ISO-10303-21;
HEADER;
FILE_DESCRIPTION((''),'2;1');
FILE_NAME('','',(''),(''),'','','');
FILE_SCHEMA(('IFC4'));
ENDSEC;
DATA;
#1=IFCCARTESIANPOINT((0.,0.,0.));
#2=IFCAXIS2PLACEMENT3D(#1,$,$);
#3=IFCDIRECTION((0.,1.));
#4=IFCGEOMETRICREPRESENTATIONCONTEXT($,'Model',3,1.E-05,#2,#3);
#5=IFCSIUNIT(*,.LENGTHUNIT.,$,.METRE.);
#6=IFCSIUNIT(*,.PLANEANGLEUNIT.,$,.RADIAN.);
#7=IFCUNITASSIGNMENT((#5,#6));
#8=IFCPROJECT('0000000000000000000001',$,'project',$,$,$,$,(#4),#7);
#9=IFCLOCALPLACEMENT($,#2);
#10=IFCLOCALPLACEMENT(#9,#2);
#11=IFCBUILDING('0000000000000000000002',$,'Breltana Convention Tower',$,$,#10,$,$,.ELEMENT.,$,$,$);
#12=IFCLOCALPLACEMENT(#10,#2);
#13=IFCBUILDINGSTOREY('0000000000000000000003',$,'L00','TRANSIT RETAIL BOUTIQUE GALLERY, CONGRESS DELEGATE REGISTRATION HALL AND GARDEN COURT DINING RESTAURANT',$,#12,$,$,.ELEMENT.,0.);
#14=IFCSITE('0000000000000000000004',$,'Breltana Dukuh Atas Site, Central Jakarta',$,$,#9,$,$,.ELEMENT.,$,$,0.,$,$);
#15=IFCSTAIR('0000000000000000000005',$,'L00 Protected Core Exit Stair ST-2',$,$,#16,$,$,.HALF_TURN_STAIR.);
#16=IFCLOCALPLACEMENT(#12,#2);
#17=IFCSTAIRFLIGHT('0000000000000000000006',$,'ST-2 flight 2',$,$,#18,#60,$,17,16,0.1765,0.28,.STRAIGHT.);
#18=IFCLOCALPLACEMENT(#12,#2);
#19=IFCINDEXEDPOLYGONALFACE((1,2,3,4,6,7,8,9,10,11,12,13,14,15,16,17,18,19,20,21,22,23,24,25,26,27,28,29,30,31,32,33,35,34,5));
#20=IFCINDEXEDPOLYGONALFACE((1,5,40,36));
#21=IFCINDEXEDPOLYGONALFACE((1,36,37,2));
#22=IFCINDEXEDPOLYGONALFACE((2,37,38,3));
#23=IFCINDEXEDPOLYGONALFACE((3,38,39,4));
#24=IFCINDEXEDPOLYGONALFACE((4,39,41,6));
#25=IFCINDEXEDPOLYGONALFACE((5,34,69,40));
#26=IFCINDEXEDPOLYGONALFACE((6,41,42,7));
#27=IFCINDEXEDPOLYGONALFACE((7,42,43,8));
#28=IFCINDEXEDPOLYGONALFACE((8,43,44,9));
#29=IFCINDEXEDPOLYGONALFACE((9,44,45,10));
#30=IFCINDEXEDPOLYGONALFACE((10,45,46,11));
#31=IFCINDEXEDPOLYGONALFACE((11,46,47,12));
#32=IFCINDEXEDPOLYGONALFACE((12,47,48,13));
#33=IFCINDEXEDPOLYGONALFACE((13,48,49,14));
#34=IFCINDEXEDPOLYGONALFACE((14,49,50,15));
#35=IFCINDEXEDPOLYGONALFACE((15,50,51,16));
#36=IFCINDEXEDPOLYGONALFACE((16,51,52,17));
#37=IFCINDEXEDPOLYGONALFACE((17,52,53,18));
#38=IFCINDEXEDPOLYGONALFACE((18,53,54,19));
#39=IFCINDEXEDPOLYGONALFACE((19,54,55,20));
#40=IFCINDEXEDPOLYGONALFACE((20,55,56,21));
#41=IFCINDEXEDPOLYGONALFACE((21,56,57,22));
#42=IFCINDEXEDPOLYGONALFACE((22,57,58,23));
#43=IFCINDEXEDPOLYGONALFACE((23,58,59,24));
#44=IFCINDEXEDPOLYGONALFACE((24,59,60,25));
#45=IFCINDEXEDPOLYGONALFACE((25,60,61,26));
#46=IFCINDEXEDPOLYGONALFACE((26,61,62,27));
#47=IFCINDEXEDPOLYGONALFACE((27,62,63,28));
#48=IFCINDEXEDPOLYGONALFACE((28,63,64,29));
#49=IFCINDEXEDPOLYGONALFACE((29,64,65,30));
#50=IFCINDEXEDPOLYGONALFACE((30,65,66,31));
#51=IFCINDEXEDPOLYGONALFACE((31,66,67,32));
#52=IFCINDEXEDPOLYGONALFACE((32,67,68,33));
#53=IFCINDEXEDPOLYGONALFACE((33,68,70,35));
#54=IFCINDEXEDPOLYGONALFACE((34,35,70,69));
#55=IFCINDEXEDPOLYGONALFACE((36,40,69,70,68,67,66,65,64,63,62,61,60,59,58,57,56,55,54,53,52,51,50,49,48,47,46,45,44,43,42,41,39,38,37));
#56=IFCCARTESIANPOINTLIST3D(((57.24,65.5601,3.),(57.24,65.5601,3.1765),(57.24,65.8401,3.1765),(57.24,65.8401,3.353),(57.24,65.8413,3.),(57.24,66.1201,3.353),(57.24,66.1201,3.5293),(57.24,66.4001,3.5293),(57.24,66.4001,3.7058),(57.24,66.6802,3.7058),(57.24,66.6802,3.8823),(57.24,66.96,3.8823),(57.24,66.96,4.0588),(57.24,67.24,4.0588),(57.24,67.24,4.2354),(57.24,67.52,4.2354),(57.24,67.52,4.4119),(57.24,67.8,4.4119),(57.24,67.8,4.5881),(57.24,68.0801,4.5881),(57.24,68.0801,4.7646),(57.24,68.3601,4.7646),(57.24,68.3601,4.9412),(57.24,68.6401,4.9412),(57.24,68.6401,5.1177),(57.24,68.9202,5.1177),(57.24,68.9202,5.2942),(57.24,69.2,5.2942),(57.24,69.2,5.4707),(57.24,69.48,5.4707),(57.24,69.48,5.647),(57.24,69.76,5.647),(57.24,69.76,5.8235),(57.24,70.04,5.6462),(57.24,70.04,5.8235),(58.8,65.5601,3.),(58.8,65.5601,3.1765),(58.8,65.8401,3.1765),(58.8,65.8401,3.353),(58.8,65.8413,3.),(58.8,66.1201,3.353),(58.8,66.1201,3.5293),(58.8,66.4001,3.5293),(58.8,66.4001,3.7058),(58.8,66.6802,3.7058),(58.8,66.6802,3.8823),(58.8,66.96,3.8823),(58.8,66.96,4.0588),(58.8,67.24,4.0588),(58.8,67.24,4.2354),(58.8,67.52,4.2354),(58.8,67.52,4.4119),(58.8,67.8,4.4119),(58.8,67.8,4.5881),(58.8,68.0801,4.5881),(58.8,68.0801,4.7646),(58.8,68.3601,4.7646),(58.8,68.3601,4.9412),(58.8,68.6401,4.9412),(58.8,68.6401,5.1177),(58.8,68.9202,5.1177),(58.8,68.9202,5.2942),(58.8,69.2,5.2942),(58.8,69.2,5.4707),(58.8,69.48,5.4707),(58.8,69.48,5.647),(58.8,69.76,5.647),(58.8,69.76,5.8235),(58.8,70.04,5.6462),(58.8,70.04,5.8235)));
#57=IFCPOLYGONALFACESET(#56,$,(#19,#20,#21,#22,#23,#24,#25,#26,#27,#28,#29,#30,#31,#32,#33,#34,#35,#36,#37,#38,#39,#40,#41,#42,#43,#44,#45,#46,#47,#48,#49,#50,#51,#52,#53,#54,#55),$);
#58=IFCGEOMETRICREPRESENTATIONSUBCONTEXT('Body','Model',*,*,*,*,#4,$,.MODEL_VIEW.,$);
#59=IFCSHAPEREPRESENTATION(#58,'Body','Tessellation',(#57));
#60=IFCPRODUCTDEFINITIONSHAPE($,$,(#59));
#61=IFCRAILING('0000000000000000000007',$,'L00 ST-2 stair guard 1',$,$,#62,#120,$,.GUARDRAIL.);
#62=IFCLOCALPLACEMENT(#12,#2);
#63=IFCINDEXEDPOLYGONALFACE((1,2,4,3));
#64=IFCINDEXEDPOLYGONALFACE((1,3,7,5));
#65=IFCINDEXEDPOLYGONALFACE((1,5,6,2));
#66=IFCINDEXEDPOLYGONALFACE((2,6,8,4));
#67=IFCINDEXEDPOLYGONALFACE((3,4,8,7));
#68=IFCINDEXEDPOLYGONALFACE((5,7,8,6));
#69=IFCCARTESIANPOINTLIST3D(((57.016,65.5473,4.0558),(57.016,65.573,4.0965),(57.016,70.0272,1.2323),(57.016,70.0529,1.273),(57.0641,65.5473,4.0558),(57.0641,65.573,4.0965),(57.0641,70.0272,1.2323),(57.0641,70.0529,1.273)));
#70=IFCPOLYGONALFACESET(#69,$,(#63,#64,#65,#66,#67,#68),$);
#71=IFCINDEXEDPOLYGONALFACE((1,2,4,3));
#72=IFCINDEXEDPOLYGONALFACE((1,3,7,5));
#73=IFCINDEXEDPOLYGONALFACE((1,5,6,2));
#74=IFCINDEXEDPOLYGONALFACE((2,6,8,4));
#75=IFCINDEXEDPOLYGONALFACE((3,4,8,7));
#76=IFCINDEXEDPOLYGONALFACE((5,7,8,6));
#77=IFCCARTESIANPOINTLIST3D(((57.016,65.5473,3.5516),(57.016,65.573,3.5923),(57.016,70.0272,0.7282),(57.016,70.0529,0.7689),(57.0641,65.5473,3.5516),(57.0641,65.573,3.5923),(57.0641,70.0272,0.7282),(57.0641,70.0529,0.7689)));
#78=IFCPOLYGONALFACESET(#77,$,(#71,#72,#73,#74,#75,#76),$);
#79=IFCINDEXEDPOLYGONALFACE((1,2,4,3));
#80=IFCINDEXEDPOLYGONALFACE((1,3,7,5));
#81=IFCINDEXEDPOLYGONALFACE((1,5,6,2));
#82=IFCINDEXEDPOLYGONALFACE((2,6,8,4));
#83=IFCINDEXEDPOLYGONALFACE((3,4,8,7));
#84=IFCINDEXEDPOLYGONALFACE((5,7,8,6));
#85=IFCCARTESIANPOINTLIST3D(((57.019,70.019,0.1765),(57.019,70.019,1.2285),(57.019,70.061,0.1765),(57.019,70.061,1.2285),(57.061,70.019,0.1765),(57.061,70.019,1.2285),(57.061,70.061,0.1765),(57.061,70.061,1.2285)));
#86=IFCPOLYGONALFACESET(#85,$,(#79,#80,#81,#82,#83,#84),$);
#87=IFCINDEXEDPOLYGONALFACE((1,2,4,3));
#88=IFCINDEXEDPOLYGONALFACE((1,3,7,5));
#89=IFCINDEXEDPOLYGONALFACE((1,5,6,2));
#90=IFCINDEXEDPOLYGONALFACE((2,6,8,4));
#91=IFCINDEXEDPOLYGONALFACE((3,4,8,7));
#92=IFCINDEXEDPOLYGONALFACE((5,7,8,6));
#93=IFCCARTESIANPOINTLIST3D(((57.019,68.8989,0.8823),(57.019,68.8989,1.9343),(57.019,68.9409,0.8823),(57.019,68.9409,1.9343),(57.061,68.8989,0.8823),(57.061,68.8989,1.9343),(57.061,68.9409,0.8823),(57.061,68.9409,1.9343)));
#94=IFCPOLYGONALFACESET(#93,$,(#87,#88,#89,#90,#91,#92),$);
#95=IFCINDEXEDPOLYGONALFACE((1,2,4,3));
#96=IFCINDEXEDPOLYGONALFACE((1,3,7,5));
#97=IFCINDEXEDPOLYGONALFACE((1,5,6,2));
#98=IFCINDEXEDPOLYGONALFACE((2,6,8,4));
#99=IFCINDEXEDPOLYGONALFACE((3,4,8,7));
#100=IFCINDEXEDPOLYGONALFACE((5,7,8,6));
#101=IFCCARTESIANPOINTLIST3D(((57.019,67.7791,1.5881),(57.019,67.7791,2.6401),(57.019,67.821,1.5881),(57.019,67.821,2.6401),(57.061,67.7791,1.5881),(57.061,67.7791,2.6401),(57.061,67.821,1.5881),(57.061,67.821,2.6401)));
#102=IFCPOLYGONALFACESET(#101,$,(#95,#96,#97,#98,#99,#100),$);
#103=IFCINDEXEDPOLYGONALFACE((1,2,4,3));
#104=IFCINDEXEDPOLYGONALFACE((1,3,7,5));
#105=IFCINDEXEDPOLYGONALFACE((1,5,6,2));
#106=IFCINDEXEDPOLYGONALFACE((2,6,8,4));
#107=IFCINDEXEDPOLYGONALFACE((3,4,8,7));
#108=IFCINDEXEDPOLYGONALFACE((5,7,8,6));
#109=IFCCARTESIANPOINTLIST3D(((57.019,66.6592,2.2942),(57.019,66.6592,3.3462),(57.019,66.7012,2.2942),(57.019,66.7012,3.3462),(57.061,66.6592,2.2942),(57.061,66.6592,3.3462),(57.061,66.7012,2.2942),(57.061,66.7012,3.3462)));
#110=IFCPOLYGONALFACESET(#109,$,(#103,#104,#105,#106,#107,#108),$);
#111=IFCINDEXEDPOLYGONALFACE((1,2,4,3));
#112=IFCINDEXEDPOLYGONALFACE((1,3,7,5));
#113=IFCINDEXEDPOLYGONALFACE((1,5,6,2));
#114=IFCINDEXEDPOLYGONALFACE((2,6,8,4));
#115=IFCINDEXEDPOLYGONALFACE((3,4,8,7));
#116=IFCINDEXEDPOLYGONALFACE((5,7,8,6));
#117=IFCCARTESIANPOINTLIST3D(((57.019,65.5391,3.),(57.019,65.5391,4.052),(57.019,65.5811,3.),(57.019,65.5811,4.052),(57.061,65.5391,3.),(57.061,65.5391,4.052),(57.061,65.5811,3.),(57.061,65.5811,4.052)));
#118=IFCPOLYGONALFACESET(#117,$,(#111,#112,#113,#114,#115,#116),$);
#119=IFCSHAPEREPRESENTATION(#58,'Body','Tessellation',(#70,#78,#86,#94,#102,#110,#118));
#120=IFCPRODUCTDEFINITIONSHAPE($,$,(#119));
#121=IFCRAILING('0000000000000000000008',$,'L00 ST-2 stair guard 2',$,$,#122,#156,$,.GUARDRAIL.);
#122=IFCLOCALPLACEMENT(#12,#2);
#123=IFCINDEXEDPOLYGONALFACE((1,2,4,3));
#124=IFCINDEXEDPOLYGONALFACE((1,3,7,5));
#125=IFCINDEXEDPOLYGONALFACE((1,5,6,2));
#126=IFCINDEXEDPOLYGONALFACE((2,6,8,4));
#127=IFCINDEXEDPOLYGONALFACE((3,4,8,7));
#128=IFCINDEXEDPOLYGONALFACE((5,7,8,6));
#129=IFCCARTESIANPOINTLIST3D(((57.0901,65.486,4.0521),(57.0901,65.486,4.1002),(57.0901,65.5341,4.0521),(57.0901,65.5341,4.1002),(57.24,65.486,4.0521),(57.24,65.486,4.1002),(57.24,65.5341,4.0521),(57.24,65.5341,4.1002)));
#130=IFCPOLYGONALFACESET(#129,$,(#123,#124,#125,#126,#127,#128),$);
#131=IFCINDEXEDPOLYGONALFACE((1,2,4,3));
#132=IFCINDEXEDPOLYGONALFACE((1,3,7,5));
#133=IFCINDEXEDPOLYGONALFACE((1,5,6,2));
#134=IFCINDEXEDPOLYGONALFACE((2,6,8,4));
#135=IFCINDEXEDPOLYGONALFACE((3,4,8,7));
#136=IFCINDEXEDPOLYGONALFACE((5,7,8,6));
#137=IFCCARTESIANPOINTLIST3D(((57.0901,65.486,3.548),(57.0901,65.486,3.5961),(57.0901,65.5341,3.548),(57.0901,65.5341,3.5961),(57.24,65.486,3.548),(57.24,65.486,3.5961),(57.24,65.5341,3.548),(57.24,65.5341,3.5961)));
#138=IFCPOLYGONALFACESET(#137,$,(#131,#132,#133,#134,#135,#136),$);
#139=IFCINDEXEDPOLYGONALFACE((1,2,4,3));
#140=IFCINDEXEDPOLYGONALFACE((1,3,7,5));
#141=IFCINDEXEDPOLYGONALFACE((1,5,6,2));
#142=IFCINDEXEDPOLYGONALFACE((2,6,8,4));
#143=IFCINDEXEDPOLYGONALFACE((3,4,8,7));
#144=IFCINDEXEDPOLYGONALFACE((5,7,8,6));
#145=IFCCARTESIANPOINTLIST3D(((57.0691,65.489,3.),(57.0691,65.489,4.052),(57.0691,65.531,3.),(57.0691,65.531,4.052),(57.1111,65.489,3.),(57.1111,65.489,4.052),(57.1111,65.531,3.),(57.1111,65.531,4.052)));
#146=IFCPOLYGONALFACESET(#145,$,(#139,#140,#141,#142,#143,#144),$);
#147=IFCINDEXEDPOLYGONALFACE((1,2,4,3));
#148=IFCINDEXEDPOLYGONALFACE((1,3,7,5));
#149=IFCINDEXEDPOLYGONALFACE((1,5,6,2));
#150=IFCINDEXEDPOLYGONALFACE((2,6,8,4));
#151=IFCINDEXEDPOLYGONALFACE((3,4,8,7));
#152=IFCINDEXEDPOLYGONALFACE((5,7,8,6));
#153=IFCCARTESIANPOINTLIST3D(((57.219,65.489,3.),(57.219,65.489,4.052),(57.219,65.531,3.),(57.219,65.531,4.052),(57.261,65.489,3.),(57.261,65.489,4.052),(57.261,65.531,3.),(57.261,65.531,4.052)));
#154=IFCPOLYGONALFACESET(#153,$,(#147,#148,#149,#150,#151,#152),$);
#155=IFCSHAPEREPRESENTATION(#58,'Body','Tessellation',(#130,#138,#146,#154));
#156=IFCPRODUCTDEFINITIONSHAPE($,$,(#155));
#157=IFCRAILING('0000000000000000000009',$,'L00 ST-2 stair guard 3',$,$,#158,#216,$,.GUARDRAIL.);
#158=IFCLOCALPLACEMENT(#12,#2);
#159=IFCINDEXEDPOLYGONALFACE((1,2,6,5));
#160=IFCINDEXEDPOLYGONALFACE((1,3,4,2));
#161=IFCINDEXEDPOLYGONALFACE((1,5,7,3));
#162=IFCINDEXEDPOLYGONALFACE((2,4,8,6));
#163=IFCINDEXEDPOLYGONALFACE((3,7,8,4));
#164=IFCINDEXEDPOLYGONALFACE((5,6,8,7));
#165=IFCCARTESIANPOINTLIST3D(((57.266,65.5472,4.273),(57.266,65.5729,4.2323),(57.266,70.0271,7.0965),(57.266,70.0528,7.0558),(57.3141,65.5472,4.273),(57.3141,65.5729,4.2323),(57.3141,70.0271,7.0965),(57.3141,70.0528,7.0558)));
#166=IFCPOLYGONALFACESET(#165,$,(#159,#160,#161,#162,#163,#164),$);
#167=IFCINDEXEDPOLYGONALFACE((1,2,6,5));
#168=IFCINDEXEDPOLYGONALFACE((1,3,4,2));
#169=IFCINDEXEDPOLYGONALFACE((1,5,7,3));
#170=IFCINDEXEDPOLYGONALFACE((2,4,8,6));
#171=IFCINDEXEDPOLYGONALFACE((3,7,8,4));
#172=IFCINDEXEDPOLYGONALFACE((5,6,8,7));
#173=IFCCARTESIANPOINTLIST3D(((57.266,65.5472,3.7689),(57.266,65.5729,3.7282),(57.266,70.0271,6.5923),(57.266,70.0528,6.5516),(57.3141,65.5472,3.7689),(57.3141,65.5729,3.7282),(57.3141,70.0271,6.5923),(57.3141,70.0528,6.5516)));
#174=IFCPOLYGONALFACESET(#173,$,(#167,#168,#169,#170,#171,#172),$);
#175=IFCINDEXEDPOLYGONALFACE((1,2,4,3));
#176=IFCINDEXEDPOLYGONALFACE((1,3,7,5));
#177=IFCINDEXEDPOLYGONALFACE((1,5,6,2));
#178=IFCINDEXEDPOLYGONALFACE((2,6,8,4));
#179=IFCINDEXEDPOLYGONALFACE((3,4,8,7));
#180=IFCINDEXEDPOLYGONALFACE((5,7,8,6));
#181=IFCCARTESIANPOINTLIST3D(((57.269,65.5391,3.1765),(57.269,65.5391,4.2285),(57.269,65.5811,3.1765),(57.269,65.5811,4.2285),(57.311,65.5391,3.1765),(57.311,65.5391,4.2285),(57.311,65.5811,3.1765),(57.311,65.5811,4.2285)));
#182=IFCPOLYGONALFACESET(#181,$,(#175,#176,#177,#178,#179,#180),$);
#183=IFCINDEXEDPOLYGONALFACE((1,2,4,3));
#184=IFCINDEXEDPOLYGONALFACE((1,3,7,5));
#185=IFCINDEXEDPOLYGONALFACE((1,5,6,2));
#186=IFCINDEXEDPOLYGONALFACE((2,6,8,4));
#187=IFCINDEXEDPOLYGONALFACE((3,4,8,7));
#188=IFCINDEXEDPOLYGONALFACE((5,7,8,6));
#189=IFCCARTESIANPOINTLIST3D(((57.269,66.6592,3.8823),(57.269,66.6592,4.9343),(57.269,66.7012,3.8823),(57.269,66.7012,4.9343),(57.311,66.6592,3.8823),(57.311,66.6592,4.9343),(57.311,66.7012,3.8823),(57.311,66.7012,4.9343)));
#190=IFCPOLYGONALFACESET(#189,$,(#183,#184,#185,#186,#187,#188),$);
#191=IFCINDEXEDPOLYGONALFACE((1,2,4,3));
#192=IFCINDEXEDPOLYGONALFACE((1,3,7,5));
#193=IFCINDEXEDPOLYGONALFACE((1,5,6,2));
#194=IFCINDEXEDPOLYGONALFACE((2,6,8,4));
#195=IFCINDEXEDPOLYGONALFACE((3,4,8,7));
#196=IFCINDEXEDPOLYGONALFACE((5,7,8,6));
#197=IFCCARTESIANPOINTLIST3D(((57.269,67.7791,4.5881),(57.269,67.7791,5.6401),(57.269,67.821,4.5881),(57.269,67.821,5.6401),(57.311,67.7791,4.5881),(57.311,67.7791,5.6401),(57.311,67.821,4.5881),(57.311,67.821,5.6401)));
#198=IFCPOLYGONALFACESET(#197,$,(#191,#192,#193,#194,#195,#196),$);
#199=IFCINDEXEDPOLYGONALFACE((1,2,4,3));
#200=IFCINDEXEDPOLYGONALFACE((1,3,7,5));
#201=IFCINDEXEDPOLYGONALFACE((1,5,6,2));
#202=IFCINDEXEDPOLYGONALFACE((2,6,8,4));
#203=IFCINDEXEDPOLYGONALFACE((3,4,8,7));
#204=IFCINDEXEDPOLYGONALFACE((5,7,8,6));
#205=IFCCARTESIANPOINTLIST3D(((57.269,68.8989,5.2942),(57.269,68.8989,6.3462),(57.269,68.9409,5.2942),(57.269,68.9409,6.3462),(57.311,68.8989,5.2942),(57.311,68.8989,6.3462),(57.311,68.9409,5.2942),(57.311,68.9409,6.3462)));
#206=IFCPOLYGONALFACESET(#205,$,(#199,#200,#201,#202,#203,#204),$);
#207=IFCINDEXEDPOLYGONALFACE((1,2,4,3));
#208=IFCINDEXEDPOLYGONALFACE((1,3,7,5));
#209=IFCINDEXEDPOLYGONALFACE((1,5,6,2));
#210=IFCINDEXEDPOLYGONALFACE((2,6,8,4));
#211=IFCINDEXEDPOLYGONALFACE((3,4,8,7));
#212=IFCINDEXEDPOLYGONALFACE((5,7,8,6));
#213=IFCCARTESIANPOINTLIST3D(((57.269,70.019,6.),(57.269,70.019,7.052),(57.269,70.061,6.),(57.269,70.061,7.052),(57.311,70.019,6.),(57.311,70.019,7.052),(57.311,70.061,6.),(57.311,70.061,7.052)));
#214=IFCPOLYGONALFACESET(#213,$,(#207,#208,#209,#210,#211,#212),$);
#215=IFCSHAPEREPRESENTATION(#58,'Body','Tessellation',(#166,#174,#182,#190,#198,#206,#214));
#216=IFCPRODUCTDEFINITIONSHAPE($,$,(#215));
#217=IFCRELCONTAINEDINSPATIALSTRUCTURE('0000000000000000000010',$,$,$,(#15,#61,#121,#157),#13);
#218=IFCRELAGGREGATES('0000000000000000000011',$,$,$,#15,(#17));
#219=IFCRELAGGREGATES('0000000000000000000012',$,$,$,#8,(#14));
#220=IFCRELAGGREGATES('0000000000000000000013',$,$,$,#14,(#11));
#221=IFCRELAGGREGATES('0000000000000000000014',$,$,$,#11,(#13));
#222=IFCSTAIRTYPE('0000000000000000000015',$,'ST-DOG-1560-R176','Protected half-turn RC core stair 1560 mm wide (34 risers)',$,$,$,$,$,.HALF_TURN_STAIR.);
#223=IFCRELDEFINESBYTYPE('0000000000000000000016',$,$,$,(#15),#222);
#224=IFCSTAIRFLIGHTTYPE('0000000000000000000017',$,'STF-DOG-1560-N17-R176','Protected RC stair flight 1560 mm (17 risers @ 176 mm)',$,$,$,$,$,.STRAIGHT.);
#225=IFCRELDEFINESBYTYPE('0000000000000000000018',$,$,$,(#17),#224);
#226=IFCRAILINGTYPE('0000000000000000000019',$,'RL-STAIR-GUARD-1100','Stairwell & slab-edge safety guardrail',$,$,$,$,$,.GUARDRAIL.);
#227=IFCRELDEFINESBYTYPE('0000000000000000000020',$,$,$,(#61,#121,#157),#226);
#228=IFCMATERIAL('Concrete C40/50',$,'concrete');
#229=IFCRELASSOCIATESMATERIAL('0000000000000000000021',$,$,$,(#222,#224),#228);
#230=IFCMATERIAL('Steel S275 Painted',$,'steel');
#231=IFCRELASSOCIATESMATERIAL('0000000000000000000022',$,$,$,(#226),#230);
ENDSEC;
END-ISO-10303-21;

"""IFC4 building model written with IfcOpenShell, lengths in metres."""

from ifc_helpers import new_model, si_unit, direction, frame, origin, origin_2d, place, context, subcontext, project, spatial, polyline, rectangle, outline, extrude, material, type_object, element, aggregate, save


model = new_model("IFC4")

# Units and contexts
model_context = context("Model", 3, precision=1e-05, world=origin(), true_north=direction((0.0, 1.0)))
body_context = subcontext(model_context, "Body", "Model", "MODEL_VIEW")
ifc_project = project(units=[si_unit("LENGTHUNIT", "METRE"), si_unit("PLANEANGLEUNIT", "RADIAN")], contexts=[model_context])

# Site, building, storey
site_placement = place(None, origin())
site = spatial("IfcSite", under=ifc_project, at=site_placement, Name="Breltana Dukuh Atas Site, Central Jakarta", CompositionType="ELEMENT", RefElevation=0.0)
building_placement = place(site_placement, origin())
building = spatial("IfcBuilding", under=site, at=building_placement, Name="Breltana Convention Tower", CompositionType="ELEMENT")
storey_placement = place(building_placement, origin())
storey = spatial("IfcBuildingStorey", under=building, at=storey_placement, Name="L00", Description="TRANSIT RETAIL BOUTIQUE GALLERY, CONGRESS DELEGATE REGISTRATION HALL AND GARDEN COURT DINING RESTAURANT", CompositionType="ELEMENT", Elevation=0.0)

# Stair, stair flight
ifc_material_1 = material(Name="Concrete C40/50", Category="concrete")
stair_type = type_object("IfcStairType", Name="ST-DOG-1560-R176", Description="Protected half-turn RC core stair 1560 mm wide (34 risers)", PredefinedType="HALF_TURN_STAIR", material=ifc_material_1)
stair_placement = place(storey_placement, origin())
stair = element("IfcStair", 1, at=stair_placement, inside=storey, type_object=stair_type, Name="L00 Protected Core Exit Stair ST-2", PredefinedType="HALF_TURN_STAIR")
stair_flight_type = type_object("IfcStairFlightType", Name="STF-DOG-1560-N17-R176", Description="Protected RC stair flight 1560 mm (17 risers @ 176 mm)", PredefinedType="STRAIGHT", material=ifc_material_1)
stair_flight_1_placement = place(storey_placement, frame((58.02, 65.5601, 3.0), z_axis=(0.0, 0.0, 1.0), x_axis=(0.0, 1.0, 0.0)))
stair_flight_1 = element("IfcStairFlight", 2, at=stair_flight_1_placement, type_object=stair_flight_type, Name="ST-2 flight 2", NumberOfRisers=17, NumberOfTreads=16, PredefinedType="STRAIGHT", RiserHeight=0.1765, TreadLength=0.28, context=body_context, shape_type="SweptSolid", body=[
    extrude(outline(polyline([(0.0, 0.0), (0.0, 0.1765), (0.28, 0.1765), (0.28, 0.353), (0.5601, 0.353), (0.5601, 0.5293), (0.8401, 0.5293), (0.8401, 0.7058), (1.1201, 0.7058), (1.1201, 0.8823), (1.3999, 0.8823), (1.3999, 1.0588), (1.6799, 1.0588), (1.6799, 1.2354), (1.96, 1.2354), (1.96, 1.4119), (2.24, 1.4119), (2.24, 1.5881), (2.52, 1.5881), (2.52, 1.7646), (2.8, 1.7646), (2.8, 1.9412), (3.0801, 1.9412), (3.0801, 2.1177), (3.3601, 2.1177), (3.3601, 2.2942), (3.6399, 2.2942), (3.6399, 2.4707), (3.9199, 2.4707), (3.9199, 2.647), (4.2, 2.647), (4.2, 2.8235), (4.48, 2.8235), (4.48, 3.0), (4.48, 2.6462), (0.2812, 0.0), (0.0, 0.0)])), frame((0.0, 0.78, 0.0), z_axis=(0.0, -1.0, 0.0), x_axis=(1.0, 0.0, 0.0)), (0.0, 0.0, 1.0), 1.5601),
])
aggregate(stair, [stair_flight_1])

# Railings
ifc_material_2 = material(Name="Steel S275 Painted", Category="steel")
railing_type_1 = type_object("IfcRailingType", Name="RL-STAIR-GUARD-1100", Description="Stairwell & slab-edge safety guardrail", PredefinedType="GUARDRAIL", material=ifc_material_2)
railing_1_placement = place(storey_placement, frame((57.04, 70.04, 0.1765)))
element("IfcRailing", 3, at=railing_1_placement, inside=storey, type_object=railing_type_1, Name="L00 ST-2 stair guard 1", PredefinedType="GUARDRAIL", context=body_context, shape_type="SweptSolid", body=[
    extrude(rectangle(XDim=0.0481, YDim=0.0481, at=origin_2d()), frame((0.0, 0.0, 1.0762), z_axis=(0.0, -0.845998, 0.533186), x_axis=(1.0, 0.0, 0.0)), (0.0, 0.0, 1.0), 5.2954),
    extrude(rectangle(XDim=0.0481, YDim=0.0481, at=origin_2d()), frame((0.0, 0.0, 0.572), z_axis=(0.0, -0.845998, 0.533186), x_axis=(1.0, 0.0, 0.0)), (0.0, 0.0, 1.0), 5.2954),
    extrude(rectangle(XDim=0.042, YDim=0.042, at=origin_2d()), origin(), (0.0, 0.0, 1.0), 1.052),
    extrude(rectangle(XDim=0.042, YDim=0.042, at=origin_2d()), frame((0.0, -1.1201, 0.7058)), (0.0, 0.0, 1.0), 1.052),
    extrude(rectangle(XDim=0.042, YDim=0.042, at=origin_2d()), frame((0.0, -2.24, 1.4116)), (0.0, 0.0, 1.0), 1.052),
    extrude(rectangle(XDim=0.042, YDim=0.042, at=origin_2d()), frame((0.0, -3.3599, 2.1177)), (0.0, 0.0, 1.0), 1.052),
    extrude(rectangle(XDim=0.042, YDim=0.042, at=origin_2d()), frame((0.0, -4.48, 2.8235)), (0.0, 0.0, 1.0), 1.052),
])
railing_2_placement = place(storey_placement, frame((57.0901, 65.51, 3.0)))
element("IfcRailing", 4, at=railing_2_placement, inside=storey, type_object=railing_type_1, Name="L00 ST-2 stair guard 2", PredefinedType="GUARDRAIL", context=body_context, shape_type="SweptSolid", body=[
    extrude(rectangle(XDim=0.0481, YDim=0.0481, at=origin_2d()), frame((0.0, 0.0, 1.0762), z_axis=(1.0, 0.0, 0.0), x_axis=(0.0, 1.0, 0.0)), (0.0, 0.0, 1.0), 0.1499),
    extrude(rectangle(XDim=0.0481, YDim=0.0481, at=origin_2d()), frame((0.0, 0.0, 0.572), z_axis=(1.0, 0.0, 0.0), x_axis=(0.0, 1.0, 0.0)), (0.0, 0.0, 1.0), 0.1499),
    extrude(rectangle(XDim=0.042, YDim=0.042, at=origin_2d()), origin(), (0.0, 0.0, 1.0), 1.052),
    extrude(rectangle(XDim=0.042, YDim=0.042, at=origin_2d()), frame((0.1499, 0.0, 0.0)), (0.0, 0.0, 1.0), 1.052),
])
railing_3_placement = place(storey_placement, frame((57.29, 65.5601, 3.1765)))
element("IfcRailing", 5, at=railing_3_placement, inside=storey, type_object=railing_type_1, Name="L00 ST-2 stair guard 3", PredefinedType="GUARDRAIL", context=body_context, shape_type="SweptSolid", body=[
    extrude(rectangle(XDim=0.0481, YDim=0.0481, at=origin_2d()), frame((0.0, 0.0, 1.0762), z_axis=(0.0, 0.845998, 0.533186), x_axis=(-1.0, 0.0, 0.0)), (0.0, 0.0, 1.0), 5.2954),
    extrude(rectangle(XDim=0.0481, YDim=0.0481, at=origin_2d()), frame((0.0, 0.0, 0.572), z_axis=(0.0, 0.845998, 0.533186), x_axis=(-1.0, 0.0, 0.0)), (0.0, 0.0, 1.0), 5.2954),
    extrude(rectangle(XDim=0.042, YDim=0.042, at=origin_2d()), origin(), (0.0, 0.0, 1.0), 1.052),
    extrude(rectangle(XDim=0.042, YDim=0.042, at=origin_2d()), frame((0.0, 1.1201, 0.7058)), (0.0, 0.0, 1.0), 1.052),
    extrude(rectangle(XDim=0.042, YDim=0.042, at=origin_2d()), frame((0.0, 2.24, 1.4116)), (0.0, 0.0, 1.0), 1.052),
    extrude(rectangle(XDim=0.042, YDim=0.042, at=origin_2d()), frame((0.0, 3.3599, 2.1177)), (0.0, 0.0, 1.0), 1.052),
    extrude(rectangle(XDim=0.042, YDim=0.042, at=origin_2d()), frame((0.0, 4.48, 2.8235)), (0.0, 0.0, 1.0), 1.052),
])

save(model, "model.ifc")
